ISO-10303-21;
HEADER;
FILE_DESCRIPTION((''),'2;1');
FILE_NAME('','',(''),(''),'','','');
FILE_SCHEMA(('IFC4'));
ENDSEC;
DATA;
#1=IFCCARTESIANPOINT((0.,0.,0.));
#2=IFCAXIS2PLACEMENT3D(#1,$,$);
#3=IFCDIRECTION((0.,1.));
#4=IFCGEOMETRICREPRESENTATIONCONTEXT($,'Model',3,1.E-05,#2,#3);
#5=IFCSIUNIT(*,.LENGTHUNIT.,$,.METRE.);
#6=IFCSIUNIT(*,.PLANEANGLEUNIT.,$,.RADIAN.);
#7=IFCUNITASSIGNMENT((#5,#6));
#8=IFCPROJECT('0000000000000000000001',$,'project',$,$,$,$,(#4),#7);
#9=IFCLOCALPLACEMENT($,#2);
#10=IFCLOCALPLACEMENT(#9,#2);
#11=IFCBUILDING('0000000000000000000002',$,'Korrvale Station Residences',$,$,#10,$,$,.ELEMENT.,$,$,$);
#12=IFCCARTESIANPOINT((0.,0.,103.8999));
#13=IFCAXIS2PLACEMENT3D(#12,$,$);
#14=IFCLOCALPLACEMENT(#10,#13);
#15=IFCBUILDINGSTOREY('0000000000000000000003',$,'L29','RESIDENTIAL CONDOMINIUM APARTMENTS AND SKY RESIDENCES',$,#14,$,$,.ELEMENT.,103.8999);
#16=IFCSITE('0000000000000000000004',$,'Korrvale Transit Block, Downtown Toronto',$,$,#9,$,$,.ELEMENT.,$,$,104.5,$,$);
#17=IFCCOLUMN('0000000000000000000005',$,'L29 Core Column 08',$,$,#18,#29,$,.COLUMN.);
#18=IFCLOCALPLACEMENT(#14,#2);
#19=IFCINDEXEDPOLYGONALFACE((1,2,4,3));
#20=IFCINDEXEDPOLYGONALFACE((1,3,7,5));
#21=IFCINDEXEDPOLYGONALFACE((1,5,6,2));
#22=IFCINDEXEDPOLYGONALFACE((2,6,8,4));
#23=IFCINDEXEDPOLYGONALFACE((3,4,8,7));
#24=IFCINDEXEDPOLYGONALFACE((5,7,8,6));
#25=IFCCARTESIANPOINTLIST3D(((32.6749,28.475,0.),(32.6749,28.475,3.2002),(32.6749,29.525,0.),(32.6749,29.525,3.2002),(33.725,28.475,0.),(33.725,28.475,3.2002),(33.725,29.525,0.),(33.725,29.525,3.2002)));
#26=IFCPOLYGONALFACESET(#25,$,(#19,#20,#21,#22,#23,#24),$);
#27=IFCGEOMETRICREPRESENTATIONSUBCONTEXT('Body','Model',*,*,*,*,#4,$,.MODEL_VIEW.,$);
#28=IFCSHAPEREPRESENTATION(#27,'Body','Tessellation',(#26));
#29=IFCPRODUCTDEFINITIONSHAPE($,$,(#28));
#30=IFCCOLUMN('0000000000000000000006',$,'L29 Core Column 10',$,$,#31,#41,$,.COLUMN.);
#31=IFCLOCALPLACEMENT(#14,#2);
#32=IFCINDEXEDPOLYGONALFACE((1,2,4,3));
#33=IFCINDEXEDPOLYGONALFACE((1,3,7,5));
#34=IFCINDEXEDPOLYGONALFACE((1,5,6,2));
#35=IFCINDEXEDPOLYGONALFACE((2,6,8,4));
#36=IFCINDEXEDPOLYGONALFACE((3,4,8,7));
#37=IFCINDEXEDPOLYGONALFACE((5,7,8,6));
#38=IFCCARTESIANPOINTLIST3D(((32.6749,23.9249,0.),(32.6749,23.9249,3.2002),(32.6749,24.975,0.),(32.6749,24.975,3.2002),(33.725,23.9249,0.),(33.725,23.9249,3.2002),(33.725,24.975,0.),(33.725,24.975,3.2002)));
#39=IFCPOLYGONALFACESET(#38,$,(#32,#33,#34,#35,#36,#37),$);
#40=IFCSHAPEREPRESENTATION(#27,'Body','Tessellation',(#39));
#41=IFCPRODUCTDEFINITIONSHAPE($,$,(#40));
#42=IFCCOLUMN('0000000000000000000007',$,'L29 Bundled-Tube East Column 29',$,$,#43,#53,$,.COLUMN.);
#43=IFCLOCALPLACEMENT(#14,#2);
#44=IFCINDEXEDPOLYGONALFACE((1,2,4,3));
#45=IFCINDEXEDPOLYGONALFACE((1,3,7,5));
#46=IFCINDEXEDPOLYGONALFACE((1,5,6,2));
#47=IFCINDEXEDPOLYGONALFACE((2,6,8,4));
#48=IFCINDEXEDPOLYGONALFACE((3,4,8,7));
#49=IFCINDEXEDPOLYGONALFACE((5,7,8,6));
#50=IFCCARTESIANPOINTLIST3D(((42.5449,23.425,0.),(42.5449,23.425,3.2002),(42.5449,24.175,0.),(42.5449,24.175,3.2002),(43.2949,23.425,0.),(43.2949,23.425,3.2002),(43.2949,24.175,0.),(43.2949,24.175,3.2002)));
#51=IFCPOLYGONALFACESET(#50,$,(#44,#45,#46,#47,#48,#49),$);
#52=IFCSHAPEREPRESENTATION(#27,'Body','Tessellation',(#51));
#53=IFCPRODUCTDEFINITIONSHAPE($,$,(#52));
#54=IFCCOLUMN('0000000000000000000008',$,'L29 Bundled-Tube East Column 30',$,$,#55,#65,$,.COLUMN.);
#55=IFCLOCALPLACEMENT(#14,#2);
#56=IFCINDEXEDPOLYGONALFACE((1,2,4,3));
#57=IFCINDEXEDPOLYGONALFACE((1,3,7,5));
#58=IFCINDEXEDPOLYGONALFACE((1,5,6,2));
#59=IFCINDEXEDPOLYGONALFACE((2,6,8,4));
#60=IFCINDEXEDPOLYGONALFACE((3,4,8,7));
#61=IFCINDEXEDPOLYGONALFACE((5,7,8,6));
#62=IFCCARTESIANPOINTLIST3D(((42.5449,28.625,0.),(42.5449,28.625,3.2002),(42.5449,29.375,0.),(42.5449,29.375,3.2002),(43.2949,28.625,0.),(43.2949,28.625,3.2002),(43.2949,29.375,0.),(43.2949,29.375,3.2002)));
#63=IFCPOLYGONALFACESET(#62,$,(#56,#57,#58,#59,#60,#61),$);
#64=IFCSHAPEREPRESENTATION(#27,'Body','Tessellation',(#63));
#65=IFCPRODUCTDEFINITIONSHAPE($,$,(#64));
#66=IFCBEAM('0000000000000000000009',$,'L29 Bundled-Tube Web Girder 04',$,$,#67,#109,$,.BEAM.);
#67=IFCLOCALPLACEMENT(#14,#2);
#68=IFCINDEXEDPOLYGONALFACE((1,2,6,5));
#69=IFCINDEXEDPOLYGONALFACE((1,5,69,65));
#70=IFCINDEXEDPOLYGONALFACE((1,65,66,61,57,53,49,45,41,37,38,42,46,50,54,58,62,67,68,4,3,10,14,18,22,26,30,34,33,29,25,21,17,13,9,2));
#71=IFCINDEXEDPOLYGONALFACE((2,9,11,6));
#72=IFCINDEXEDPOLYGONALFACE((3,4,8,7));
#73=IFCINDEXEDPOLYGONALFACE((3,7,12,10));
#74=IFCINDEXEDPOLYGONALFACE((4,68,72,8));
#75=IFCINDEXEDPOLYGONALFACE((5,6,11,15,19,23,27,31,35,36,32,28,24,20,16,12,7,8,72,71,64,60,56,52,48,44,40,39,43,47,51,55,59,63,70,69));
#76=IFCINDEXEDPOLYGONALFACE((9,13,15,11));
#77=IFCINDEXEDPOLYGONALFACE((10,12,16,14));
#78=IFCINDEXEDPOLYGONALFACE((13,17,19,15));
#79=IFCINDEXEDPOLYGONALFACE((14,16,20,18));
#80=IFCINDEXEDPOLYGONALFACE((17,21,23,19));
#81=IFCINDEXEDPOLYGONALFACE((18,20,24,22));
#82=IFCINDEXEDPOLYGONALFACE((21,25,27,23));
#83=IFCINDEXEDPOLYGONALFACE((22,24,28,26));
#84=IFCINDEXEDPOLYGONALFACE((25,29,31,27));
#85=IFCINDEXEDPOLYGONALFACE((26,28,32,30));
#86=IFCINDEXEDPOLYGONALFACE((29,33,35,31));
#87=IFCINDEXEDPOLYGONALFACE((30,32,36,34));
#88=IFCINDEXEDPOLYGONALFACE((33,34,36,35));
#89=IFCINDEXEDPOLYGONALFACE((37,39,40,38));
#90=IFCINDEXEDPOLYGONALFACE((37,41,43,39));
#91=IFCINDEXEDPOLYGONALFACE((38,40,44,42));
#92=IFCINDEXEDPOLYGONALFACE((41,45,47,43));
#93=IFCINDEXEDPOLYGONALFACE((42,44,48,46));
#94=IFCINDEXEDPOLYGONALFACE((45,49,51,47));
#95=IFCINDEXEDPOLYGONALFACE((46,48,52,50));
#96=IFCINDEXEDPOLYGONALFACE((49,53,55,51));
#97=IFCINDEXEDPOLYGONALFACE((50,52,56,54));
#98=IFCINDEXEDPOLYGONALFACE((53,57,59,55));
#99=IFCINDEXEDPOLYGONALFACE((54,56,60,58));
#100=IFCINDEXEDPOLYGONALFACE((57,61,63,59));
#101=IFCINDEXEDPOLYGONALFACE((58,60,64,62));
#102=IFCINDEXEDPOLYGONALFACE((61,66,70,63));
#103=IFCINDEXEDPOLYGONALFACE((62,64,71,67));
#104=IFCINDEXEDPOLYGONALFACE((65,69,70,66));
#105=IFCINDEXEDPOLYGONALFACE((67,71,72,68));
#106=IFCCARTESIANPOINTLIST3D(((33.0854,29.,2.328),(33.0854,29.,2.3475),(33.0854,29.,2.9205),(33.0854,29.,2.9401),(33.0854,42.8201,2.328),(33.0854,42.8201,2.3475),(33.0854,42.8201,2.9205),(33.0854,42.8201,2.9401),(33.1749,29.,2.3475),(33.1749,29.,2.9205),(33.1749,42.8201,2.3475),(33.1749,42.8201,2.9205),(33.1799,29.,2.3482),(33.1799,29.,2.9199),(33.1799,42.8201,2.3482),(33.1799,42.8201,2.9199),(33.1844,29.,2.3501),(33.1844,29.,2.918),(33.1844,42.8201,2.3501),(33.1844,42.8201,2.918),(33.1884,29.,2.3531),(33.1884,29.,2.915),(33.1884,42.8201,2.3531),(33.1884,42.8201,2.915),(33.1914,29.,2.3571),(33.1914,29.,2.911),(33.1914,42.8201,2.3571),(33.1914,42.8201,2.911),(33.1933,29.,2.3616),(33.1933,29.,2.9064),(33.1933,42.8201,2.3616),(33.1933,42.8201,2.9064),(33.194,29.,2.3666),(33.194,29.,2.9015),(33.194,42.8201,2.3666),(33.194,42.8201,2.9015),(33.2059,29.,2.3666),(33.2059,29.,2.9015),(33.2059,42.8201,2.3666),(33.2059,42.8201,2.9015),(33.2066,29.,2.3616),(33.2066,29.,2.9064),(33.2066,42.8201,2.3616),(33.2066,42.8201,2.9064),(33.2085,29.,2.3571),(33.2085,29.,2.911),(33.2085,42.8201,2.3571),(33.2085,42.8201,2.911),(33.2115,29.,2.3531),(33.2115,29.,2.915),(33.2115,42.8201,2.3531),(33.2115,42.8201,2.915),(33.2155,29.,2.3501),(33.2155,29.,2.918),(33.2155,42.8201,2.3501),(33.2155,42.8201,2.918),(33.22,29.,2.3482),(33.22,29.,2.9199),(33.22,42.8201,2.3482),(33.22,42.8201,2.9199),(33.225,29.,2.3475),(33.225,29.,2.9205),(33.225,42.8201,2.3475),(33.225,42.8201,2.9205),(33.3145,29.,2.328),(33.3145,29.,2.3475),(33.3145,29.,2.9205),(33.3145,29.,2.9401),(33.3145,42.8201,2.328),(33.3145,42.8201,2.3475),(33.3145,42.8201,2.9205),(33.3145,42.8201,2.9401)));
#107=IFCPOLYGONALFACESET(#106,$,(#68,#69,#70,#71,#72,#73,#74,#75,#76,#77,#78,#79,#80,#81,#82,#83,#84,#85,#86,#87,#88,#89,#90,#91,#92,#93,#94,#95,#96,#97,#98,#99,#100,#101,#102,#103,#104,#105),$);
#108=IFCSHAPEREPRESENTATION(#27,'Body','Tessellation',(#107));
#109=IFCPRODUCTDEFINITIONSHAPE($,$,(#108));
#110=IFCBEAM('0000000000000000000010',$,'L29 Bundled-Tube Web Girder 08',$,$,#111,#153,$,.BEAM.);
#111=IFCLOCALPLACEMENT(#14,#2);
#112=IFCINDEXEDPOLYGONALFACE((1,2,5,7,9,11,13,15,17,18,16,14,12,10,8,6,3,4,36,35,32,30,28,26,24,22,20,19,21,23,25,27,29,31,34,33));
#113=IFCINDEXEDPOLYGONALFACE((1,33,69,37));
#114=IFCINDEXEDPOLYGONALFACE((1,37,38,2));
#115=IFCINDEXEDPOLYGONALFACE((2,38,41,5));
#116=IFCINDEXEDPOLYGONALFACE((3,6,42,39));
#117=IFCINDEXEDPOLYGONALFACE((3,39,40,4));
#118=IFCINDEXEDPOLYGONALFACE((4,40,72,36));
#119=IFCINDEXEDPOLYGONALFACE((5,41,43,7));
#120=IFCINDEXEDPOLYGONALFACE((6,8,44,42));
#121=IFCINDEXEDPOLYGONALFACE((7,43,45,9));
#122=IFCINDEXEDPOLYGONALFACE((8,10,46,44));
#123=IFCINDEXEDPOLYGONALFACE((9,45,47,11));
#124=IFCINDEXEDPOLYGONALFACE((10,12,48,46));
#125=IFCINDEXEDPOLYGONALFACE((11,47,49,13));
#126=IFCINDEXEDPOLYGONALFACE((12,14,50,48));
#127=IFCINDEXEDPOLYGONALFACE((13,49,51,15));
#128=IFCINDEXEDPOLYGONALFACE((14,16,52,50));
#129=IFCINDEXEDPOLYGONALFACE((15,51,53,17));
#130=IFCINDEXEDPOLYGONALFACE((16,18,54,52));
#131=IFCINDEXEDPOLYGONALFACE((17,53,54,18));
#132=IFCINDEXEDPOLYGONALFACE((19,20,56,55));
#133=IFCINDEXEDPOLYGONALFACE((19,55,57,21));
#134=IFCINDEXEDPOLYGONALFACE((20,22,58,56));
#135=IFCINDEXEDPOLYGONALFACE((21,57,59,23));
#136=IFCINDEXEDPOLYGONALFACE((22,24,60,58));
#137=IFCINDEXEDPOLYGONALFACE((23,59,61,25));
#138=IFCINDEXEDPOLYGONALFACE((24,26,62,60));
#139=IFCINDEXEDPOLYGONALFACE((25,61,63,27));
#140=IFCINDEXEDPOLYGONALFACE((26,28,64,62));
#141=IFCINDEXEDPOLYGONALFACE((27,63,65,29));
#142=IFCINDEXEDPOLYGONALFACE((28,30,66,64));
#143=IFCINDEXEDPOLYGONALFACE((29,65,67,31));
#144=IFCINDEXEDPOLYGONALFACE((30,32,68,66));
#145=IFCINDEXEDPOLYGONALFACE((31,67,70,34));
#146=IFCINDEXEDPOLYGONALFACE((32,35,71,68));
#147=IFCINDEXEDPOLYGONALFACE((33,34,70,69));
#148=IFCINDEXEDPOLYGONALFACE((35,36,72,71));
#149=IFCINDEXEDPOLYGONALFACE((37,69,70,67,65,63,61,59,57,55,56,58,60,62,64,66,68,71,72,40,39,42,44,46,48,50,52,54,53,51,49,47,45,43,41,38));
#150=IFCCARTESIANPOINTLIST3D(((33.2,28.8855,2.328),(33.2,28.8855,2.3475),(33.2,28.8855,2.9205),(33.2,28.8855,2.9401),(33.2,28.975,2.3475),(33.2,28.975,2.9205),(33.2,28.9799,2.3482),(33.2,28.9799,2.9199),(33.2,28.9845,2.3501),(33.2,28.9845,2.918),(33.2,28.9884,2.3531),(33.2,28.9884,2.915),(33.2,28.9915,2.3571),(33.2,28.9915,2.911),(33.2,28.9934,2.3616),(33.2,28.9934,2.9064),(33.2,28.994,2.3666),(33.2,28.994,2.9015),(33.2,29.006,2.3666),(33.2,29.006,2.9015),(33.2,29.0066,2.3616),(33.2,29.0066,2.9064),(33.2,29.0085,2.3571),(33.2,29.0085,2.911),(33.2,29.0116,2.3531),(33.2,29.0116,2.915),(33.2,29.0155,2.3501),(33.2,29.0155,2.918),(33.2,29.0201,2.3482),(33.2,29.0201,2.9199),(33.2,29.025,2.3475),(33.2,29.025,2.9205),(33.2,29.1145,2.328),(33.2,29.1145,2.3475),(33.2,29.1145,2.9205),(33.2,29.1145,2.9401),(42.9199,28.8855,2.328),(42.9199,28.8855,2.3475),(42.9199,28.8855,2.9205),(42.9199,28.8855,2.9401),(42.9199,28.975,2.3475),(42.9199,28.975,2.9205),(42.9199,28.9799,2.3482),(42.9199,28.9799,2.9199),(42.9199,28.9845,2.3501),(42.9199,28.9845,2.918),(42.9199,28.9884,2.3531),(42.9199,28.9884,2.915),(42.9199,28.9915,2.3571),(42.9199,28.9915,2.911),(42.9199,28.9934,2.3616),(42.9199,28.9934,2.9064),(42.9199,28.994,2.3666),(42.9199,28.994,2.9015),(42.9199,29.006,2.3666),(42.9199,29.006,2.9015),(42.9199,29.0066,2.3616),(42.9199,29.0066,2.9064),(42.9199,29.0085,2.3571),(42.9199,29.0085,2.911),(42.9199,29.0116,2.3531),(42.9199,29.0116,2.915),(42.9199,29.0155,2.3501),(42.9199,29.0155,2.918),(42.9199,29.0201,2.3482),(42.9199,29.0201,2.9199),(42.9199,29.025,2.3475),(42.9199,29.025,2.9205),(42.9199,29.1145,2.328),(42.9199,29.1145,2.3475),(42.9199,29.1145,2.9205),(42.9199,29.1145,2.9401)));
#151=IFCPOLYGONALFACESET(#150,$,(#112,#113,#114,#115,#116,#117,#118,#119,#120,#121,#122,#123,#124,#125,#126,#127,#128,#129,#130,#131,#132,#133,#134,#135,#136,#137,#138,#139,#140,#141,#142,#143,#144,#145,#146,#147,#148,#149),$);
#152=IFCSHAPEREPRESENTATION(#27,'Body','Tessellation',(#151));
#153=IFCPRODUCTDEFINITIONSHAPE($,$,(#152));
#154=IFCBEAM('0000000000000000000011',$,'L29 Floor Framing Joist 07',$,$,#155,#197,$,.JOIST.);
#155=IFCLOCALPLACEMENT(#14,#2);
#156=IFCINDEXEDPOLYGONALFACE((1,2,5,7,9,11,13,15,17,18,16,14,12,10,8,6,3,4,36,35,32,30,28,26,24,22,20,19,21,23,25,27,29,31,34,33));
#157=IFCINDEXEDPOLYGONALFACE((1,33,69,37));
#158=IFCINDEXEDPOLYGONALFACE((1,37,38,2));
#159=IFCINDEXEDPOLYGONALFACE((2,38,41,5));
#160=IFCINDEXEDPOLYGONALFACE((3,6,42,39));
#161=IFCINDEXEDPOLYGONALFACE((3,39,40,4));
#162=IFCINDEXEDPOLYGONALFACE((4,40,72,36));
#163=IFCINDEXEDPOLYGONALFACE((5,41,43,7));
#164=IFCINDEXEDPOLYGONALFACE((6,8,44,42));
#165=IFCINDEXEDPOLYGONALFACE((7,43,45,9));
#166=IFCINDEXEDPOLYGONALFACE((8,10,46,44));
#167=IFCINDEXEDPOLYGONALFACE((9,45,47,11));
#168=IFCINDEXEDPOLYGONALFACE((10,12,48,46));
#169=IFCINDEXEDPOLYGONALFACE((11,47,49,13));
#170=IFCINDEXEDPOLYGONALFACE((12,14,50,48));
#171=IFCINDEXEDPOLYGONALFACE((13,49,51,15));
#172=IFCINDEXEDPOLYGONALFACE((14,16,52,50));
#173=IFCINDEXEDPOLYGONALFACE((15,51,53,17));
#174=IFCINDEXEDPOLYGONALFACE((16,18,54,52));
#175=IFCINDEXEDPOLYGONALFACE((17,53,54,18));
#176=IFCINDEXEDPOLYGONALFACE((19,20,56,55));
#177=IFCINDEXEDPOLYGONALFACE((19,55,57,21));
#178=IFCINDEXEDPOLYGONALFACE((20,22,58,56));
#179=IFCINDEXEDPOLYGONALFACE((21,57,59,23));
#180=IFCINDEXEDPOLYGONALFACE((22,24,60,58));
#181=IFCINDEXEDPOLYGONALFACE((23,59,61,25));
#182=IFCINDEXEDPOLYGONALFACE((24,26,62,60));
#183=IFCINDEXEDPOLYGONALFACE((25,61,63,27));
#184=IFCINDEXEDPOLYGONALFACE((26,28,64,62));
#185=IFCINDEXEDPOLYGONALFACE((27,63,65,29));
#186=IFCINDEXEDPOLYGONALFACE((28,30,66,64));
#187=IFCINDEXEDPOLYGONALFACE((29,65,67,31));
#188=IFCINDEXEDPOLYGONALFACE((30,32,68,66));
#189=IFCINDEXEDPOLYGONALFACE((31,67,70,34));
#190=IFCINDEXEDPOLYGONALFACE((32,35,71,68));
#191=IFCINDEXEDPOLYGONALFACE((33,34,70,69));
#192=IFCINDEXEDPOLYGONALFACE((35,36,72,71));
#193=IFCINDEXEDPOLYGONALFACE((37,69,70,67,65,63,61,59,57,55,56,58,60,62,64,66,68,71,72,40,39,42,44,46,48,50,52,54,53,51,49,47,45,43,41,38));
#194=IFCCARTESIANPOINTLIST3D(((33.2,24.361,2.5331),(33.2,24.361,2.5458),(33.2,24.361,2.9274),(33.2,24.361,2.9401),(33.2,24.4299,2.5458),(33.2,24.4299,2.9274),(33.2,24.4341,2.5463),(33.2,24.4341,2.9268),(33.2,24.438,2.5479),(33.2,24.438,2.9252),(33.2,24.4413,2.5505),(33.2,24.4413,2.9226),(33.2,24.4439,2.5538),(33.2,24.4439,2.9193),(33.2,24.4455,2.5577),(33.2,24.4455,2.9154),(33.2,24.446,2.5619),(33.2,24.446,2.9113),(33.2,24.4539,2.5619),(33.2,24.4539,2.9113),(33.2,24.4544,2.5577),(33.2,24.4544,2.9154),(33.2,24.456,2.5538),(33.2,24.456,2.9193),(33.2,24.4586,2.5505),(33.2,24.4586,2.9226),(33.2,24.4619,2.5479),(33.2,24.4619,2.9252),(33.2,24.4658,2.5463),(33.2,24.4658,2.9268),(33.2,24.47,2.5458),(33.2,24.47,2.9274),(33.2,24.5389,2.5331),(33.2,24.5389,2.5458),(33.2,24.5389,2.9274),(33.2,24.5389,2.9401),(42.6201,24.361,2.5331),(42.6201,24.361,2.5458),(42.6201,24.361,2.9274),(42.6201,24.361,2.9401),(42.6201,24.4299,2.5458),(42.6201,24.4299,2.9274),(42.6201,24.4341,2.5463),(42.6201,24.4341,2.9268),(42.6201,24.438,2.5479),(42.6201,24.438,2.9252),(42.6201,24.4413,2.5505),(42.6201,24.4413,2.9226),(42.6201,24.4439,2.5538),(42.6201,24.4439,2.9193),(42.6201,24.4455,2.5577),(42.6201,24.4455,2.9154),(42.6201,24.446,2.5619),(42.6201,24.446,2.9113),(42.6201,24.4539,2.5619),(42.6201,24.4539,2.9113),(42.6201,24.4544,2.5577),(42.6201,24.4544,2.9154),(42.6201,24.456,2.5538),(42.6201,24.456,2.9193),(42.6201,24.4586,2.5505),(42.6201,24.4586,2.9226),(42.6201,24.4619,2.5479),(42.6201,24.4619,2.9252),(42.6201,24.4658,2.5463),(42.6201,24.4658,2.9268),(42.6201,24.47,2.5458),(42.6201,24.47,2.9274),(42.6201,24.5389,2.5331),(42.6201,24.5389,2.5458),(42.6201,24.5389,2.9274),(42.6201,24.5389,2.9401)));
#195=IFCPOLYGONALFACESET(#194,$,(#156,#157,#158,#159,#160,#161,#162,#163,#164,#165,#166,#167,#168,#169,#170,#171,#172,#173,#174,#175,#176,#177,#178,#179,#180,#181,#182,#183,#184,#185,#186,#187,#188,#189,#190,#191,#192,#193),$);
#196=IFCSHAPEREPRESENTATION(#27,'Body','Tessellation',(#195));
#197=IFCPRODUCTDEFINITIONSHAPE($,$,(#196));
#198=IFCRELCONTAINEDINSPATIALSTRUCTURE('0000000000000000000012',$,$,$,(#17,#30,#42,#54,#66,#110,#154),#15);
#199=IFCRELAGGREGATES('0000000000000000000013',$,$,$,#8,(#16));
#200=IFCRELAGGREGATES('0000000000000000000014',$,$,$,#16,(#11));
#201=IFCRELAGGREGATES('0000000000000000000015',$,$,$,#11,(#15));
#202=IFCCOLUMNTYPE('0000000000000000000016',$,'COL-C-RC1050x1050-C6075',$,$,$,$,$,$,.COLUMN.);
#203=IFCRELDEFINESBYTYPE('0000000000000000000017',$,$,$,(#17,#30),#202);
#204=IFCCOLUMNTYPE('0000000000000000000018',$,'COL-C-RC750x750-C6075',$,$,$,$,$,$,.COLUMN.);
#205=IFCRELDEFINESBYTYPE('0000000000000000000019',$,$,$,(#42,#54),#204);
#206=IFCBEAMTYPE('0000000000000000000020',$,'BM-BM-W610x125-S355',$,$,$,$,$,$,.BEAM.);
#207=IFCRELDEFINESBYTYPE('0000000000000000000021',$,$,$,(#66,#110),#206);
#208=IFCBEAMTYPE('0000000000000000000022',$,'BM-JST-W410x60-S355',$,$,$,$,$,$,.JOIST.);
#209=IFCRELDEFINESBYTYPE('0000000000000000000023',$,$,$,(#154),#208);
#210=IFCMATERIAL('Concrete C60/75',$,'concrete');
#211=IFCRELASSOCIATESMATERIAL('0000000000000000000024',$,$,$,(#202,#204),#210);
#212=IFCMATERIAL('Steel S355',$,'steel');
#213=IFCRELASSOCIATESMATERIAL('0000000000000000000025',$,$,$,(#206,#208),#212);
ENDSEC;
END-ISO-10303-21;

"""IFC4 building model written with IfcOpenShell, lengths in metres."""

from ifc_helpers import new_model, si_unit, direction, frame, origin, origin_2d, place, context, subcontext, project, spatial, rectangle, i_section, extrude, material, material_profile, profile_set, type_object, element, save


model = new_model("IFC4")

# Units and contexts
model_context = context("Model", 3, precision=1e-05, world=origin(), true_north=direction((0.0, 1.0)))
body_context = subcontext(model_context, "Body", "Model", "MODEL_VIEW")
ifc_project = project(units=[si_unit("LENGTHUNIT", "METRE"), si_unit("PLANEANGLEUNIT", "RADIAN")], contexts=[model_context])

# Site, building, storey
site_placement = place(None, origin())
site = spatial("IfcSite", under=ifc_project, at=site_placement, Name="Korrvale Transit Block, Downtown Toronto", CompositionType="ELEMENT", RefElevation=104.5)
building_placement = place(site_placement, origin())
building = spatial("IfcBuilding", under=site, at=building_placement, Name="Korrvale Station Residences", CompositionType="ELEMENT")
storey_placement = place(building_placement, frame((0.0, 0.0, 103.8999)))
storey = spatial("IfcBuildingStorey", under=building, at=storey_placement, Name="L29", Description="RESIDENTIAL CONDOMINIUM APARTMENTS AND SKY RESIDENCES", CompositionType="ELEMENT", Elevation=103.8999)

# Columns
ifc_material_1 = material(Name="Concrete C60/75", Category="concrete")
ifc_material_profile_1 = material_profile(ifc_material_1, rectangle(XDim=1.05, YDim=1.05, at=origin_2d()), Name="RC1050x1050")
ifc_profile_set_1 = profile_set([ifc_material_profile_1], Name="Concrete C60/75")
column_type_1 = type_object("IfcColumnType", Name="COL-C-RC1050x1050-C6075", PredefinedType="COLUMN", material=ifc_profile_set_1)
for number, where, z_axis, x_axis, name in (
    (1, (33.2, 29.0, 0.0), (0.0, 0.0, 1.0), (1.0, 0.0, 0.0), "L29 Core Column 08"),
    (2, (33.2, 24.45, 0.0), (0.0, 0.0, 1.0), (1.0, 0.0, 0.0), "L29 Core Column 10"),
):
    element("IfcColumn", number, at=place(storey_placement, frame(where, z_axis=z_axis, x_axis=x_axis)), inside=storey, type_object=column_type_1, Name=name, PredefinedType="COLUMN", context=body_context, shape_type="SweptSolid", body=[
        extrude(rectangle(XDim=1.05, YDim=1.05, at=origin_2d()), origin(), (0.0, 0.0, 1.0), 3.2002),
    ])
ifc_material_profile_2 = material_profile(ifc_material_1, rectangle(XDim=0.75, YDim=0.75, at=origin_2d()), Name="RC750x750")
ifc_profile_set_2 = profile_set([ifc_material_profile_2], Name="Concrete C60/75")
column_type_2 = type_object("IfcColumnType", Name="COL-C-RC750x750-C6075", PredefinedType="COLUMN", material=ifc_profile_set_2)
for number, where, z_axis, x_axis, name in (
    (3, (42.9199, 23.8, 0.0), (0.0, 0.0, 1.0), (1.0, 0.0, 0.0), "L29 Bundled-Tube East Column 29"),
    (4, (42.9199, 29.0, 0.0), (0.0, 0.0, 1.0), (1.0, 0.0, 0.0), "L29 Bundled-Tube East Column 30"),
):
    element("IfcColumn", number, at=place(storey_placement, frame(where, z_axis=z_axis, x_axis=x_axis)), inside=storey, type_object=column_type_2, Name=name, PredefinedType="COLUMN", context=body_context, shape_type="SweptSolid", body=[
        extrude(rectangle(XDim=0.75, YDim=0.75, at=origin_2d()), origin(), (0.0, 0.0, 1.0), 3.2002),
    ])

# Beams
ifc_material_2 = material(Name="Steel S355", Category="steel")
ifc_material_profile_3 = material_profile(ifc_material_2, i_section(OverallWidth=0.229, OverallDepth=0.6121, WebThickness=0.012, FlangeThickness=0.0195, FilletRadius=0.019, at=origin_2d()), Name="W610x125")
ifc_profile_set_3 = profile_set([ifc_material_profile_3], Name="Steel S355")
beam_type_1 = type_object("IfcBeamType", Name="BM-BM-W610x125-S355", PredefinedType="BEAM", material=ifc_profile_set_3)
beam_1_placement = place(storey_placement, frame((33.2, 29.0, 2.634), z_axis=(0.0, 1.0, 0.0), x_axis=(-1.0, 0.0, 0.0)))
element("IfcBeam", 5, at=beam_1_placement, inside=storey, type_object=beam_type_1, Name="L29 Bundled-Tube Web Girder 04", PredefinedType="BEAM", context=body_context, shape_type="SweptSolid", body=[
    extrude(i_section(OverallWidth=0.229, OverallDepth=0.6121, WebThickness=0.012, FlangeThickness=0.0195, FilletRadius=0.019, at=origin_2d()), origin(), (0.0, 0.0, 1.0), 13.8201),
])
beam_2_placement = place(storey_placement, frame((33.2, 29.0, 2.634), z_axis=(1.0, 0.0, 0.0), x_axis=(0.0, 1.0, 0.0)))
element("IfcBeam", 6, at=beam_2_placement, inside=storey, type_object=beam_type_1, Name="L29 Bundled-Tube Web Girder 08", PredefinedType="BEAM", context=body_context, shape_type="SweptSolid", body=[
    extrude(i_section(OverallWidth=0.229, OverallDepth=0.6121, WebThickness=0.012, FlangeThickness=0.0195, FilletRadius=0.019, at=origin_2d()), origin(), (0.0, 0.0, 1.0), 9.72),
])
ifc_material_profile_4 = material_profile(ifc_material_2, i_section(OverallWidth=0.178, OverallDepth=0.407, WebThickness=0.0078, FlangeThickness=0.0127, FilletRadius=0.0161, at=origin_2d()), Name="W410x60")
ifc_profile_set_4 = profile_set([ifc_material_profile_4], Name="Steel S355")
beam_type_2 = type_object("IfcBeamType", Name="BM-JST-W410x60-S355", PredefinedType="JOIST", material=ifc_profile_set_4)
beam_3_placement = place(storey_placement, frame((33.2, 24.45, 2.7366), z_axis=(1.0, 0.0, 0.0), x_axis=(0.0, 1.0, 0.0)))
element("IfcBeam", 7, at=beam_3_placement, inside=storey, type_object=beam_type_2, Name="L29 Floor Framing Joist 07", PredefinedType="JOIST", context=body_context, shape_type="SweptSolid", body=[
    extrude(i_section(OverallWidth=0.178, OverallDepth=0.407, WebThickness=0.0078, FlangeThickness=0.0127, FilletRadius=0.0161, at=origin_2d()), origin(), (0.0, 0.0, 1.0), 9.4202),
])

save(model, "model.ifc")
